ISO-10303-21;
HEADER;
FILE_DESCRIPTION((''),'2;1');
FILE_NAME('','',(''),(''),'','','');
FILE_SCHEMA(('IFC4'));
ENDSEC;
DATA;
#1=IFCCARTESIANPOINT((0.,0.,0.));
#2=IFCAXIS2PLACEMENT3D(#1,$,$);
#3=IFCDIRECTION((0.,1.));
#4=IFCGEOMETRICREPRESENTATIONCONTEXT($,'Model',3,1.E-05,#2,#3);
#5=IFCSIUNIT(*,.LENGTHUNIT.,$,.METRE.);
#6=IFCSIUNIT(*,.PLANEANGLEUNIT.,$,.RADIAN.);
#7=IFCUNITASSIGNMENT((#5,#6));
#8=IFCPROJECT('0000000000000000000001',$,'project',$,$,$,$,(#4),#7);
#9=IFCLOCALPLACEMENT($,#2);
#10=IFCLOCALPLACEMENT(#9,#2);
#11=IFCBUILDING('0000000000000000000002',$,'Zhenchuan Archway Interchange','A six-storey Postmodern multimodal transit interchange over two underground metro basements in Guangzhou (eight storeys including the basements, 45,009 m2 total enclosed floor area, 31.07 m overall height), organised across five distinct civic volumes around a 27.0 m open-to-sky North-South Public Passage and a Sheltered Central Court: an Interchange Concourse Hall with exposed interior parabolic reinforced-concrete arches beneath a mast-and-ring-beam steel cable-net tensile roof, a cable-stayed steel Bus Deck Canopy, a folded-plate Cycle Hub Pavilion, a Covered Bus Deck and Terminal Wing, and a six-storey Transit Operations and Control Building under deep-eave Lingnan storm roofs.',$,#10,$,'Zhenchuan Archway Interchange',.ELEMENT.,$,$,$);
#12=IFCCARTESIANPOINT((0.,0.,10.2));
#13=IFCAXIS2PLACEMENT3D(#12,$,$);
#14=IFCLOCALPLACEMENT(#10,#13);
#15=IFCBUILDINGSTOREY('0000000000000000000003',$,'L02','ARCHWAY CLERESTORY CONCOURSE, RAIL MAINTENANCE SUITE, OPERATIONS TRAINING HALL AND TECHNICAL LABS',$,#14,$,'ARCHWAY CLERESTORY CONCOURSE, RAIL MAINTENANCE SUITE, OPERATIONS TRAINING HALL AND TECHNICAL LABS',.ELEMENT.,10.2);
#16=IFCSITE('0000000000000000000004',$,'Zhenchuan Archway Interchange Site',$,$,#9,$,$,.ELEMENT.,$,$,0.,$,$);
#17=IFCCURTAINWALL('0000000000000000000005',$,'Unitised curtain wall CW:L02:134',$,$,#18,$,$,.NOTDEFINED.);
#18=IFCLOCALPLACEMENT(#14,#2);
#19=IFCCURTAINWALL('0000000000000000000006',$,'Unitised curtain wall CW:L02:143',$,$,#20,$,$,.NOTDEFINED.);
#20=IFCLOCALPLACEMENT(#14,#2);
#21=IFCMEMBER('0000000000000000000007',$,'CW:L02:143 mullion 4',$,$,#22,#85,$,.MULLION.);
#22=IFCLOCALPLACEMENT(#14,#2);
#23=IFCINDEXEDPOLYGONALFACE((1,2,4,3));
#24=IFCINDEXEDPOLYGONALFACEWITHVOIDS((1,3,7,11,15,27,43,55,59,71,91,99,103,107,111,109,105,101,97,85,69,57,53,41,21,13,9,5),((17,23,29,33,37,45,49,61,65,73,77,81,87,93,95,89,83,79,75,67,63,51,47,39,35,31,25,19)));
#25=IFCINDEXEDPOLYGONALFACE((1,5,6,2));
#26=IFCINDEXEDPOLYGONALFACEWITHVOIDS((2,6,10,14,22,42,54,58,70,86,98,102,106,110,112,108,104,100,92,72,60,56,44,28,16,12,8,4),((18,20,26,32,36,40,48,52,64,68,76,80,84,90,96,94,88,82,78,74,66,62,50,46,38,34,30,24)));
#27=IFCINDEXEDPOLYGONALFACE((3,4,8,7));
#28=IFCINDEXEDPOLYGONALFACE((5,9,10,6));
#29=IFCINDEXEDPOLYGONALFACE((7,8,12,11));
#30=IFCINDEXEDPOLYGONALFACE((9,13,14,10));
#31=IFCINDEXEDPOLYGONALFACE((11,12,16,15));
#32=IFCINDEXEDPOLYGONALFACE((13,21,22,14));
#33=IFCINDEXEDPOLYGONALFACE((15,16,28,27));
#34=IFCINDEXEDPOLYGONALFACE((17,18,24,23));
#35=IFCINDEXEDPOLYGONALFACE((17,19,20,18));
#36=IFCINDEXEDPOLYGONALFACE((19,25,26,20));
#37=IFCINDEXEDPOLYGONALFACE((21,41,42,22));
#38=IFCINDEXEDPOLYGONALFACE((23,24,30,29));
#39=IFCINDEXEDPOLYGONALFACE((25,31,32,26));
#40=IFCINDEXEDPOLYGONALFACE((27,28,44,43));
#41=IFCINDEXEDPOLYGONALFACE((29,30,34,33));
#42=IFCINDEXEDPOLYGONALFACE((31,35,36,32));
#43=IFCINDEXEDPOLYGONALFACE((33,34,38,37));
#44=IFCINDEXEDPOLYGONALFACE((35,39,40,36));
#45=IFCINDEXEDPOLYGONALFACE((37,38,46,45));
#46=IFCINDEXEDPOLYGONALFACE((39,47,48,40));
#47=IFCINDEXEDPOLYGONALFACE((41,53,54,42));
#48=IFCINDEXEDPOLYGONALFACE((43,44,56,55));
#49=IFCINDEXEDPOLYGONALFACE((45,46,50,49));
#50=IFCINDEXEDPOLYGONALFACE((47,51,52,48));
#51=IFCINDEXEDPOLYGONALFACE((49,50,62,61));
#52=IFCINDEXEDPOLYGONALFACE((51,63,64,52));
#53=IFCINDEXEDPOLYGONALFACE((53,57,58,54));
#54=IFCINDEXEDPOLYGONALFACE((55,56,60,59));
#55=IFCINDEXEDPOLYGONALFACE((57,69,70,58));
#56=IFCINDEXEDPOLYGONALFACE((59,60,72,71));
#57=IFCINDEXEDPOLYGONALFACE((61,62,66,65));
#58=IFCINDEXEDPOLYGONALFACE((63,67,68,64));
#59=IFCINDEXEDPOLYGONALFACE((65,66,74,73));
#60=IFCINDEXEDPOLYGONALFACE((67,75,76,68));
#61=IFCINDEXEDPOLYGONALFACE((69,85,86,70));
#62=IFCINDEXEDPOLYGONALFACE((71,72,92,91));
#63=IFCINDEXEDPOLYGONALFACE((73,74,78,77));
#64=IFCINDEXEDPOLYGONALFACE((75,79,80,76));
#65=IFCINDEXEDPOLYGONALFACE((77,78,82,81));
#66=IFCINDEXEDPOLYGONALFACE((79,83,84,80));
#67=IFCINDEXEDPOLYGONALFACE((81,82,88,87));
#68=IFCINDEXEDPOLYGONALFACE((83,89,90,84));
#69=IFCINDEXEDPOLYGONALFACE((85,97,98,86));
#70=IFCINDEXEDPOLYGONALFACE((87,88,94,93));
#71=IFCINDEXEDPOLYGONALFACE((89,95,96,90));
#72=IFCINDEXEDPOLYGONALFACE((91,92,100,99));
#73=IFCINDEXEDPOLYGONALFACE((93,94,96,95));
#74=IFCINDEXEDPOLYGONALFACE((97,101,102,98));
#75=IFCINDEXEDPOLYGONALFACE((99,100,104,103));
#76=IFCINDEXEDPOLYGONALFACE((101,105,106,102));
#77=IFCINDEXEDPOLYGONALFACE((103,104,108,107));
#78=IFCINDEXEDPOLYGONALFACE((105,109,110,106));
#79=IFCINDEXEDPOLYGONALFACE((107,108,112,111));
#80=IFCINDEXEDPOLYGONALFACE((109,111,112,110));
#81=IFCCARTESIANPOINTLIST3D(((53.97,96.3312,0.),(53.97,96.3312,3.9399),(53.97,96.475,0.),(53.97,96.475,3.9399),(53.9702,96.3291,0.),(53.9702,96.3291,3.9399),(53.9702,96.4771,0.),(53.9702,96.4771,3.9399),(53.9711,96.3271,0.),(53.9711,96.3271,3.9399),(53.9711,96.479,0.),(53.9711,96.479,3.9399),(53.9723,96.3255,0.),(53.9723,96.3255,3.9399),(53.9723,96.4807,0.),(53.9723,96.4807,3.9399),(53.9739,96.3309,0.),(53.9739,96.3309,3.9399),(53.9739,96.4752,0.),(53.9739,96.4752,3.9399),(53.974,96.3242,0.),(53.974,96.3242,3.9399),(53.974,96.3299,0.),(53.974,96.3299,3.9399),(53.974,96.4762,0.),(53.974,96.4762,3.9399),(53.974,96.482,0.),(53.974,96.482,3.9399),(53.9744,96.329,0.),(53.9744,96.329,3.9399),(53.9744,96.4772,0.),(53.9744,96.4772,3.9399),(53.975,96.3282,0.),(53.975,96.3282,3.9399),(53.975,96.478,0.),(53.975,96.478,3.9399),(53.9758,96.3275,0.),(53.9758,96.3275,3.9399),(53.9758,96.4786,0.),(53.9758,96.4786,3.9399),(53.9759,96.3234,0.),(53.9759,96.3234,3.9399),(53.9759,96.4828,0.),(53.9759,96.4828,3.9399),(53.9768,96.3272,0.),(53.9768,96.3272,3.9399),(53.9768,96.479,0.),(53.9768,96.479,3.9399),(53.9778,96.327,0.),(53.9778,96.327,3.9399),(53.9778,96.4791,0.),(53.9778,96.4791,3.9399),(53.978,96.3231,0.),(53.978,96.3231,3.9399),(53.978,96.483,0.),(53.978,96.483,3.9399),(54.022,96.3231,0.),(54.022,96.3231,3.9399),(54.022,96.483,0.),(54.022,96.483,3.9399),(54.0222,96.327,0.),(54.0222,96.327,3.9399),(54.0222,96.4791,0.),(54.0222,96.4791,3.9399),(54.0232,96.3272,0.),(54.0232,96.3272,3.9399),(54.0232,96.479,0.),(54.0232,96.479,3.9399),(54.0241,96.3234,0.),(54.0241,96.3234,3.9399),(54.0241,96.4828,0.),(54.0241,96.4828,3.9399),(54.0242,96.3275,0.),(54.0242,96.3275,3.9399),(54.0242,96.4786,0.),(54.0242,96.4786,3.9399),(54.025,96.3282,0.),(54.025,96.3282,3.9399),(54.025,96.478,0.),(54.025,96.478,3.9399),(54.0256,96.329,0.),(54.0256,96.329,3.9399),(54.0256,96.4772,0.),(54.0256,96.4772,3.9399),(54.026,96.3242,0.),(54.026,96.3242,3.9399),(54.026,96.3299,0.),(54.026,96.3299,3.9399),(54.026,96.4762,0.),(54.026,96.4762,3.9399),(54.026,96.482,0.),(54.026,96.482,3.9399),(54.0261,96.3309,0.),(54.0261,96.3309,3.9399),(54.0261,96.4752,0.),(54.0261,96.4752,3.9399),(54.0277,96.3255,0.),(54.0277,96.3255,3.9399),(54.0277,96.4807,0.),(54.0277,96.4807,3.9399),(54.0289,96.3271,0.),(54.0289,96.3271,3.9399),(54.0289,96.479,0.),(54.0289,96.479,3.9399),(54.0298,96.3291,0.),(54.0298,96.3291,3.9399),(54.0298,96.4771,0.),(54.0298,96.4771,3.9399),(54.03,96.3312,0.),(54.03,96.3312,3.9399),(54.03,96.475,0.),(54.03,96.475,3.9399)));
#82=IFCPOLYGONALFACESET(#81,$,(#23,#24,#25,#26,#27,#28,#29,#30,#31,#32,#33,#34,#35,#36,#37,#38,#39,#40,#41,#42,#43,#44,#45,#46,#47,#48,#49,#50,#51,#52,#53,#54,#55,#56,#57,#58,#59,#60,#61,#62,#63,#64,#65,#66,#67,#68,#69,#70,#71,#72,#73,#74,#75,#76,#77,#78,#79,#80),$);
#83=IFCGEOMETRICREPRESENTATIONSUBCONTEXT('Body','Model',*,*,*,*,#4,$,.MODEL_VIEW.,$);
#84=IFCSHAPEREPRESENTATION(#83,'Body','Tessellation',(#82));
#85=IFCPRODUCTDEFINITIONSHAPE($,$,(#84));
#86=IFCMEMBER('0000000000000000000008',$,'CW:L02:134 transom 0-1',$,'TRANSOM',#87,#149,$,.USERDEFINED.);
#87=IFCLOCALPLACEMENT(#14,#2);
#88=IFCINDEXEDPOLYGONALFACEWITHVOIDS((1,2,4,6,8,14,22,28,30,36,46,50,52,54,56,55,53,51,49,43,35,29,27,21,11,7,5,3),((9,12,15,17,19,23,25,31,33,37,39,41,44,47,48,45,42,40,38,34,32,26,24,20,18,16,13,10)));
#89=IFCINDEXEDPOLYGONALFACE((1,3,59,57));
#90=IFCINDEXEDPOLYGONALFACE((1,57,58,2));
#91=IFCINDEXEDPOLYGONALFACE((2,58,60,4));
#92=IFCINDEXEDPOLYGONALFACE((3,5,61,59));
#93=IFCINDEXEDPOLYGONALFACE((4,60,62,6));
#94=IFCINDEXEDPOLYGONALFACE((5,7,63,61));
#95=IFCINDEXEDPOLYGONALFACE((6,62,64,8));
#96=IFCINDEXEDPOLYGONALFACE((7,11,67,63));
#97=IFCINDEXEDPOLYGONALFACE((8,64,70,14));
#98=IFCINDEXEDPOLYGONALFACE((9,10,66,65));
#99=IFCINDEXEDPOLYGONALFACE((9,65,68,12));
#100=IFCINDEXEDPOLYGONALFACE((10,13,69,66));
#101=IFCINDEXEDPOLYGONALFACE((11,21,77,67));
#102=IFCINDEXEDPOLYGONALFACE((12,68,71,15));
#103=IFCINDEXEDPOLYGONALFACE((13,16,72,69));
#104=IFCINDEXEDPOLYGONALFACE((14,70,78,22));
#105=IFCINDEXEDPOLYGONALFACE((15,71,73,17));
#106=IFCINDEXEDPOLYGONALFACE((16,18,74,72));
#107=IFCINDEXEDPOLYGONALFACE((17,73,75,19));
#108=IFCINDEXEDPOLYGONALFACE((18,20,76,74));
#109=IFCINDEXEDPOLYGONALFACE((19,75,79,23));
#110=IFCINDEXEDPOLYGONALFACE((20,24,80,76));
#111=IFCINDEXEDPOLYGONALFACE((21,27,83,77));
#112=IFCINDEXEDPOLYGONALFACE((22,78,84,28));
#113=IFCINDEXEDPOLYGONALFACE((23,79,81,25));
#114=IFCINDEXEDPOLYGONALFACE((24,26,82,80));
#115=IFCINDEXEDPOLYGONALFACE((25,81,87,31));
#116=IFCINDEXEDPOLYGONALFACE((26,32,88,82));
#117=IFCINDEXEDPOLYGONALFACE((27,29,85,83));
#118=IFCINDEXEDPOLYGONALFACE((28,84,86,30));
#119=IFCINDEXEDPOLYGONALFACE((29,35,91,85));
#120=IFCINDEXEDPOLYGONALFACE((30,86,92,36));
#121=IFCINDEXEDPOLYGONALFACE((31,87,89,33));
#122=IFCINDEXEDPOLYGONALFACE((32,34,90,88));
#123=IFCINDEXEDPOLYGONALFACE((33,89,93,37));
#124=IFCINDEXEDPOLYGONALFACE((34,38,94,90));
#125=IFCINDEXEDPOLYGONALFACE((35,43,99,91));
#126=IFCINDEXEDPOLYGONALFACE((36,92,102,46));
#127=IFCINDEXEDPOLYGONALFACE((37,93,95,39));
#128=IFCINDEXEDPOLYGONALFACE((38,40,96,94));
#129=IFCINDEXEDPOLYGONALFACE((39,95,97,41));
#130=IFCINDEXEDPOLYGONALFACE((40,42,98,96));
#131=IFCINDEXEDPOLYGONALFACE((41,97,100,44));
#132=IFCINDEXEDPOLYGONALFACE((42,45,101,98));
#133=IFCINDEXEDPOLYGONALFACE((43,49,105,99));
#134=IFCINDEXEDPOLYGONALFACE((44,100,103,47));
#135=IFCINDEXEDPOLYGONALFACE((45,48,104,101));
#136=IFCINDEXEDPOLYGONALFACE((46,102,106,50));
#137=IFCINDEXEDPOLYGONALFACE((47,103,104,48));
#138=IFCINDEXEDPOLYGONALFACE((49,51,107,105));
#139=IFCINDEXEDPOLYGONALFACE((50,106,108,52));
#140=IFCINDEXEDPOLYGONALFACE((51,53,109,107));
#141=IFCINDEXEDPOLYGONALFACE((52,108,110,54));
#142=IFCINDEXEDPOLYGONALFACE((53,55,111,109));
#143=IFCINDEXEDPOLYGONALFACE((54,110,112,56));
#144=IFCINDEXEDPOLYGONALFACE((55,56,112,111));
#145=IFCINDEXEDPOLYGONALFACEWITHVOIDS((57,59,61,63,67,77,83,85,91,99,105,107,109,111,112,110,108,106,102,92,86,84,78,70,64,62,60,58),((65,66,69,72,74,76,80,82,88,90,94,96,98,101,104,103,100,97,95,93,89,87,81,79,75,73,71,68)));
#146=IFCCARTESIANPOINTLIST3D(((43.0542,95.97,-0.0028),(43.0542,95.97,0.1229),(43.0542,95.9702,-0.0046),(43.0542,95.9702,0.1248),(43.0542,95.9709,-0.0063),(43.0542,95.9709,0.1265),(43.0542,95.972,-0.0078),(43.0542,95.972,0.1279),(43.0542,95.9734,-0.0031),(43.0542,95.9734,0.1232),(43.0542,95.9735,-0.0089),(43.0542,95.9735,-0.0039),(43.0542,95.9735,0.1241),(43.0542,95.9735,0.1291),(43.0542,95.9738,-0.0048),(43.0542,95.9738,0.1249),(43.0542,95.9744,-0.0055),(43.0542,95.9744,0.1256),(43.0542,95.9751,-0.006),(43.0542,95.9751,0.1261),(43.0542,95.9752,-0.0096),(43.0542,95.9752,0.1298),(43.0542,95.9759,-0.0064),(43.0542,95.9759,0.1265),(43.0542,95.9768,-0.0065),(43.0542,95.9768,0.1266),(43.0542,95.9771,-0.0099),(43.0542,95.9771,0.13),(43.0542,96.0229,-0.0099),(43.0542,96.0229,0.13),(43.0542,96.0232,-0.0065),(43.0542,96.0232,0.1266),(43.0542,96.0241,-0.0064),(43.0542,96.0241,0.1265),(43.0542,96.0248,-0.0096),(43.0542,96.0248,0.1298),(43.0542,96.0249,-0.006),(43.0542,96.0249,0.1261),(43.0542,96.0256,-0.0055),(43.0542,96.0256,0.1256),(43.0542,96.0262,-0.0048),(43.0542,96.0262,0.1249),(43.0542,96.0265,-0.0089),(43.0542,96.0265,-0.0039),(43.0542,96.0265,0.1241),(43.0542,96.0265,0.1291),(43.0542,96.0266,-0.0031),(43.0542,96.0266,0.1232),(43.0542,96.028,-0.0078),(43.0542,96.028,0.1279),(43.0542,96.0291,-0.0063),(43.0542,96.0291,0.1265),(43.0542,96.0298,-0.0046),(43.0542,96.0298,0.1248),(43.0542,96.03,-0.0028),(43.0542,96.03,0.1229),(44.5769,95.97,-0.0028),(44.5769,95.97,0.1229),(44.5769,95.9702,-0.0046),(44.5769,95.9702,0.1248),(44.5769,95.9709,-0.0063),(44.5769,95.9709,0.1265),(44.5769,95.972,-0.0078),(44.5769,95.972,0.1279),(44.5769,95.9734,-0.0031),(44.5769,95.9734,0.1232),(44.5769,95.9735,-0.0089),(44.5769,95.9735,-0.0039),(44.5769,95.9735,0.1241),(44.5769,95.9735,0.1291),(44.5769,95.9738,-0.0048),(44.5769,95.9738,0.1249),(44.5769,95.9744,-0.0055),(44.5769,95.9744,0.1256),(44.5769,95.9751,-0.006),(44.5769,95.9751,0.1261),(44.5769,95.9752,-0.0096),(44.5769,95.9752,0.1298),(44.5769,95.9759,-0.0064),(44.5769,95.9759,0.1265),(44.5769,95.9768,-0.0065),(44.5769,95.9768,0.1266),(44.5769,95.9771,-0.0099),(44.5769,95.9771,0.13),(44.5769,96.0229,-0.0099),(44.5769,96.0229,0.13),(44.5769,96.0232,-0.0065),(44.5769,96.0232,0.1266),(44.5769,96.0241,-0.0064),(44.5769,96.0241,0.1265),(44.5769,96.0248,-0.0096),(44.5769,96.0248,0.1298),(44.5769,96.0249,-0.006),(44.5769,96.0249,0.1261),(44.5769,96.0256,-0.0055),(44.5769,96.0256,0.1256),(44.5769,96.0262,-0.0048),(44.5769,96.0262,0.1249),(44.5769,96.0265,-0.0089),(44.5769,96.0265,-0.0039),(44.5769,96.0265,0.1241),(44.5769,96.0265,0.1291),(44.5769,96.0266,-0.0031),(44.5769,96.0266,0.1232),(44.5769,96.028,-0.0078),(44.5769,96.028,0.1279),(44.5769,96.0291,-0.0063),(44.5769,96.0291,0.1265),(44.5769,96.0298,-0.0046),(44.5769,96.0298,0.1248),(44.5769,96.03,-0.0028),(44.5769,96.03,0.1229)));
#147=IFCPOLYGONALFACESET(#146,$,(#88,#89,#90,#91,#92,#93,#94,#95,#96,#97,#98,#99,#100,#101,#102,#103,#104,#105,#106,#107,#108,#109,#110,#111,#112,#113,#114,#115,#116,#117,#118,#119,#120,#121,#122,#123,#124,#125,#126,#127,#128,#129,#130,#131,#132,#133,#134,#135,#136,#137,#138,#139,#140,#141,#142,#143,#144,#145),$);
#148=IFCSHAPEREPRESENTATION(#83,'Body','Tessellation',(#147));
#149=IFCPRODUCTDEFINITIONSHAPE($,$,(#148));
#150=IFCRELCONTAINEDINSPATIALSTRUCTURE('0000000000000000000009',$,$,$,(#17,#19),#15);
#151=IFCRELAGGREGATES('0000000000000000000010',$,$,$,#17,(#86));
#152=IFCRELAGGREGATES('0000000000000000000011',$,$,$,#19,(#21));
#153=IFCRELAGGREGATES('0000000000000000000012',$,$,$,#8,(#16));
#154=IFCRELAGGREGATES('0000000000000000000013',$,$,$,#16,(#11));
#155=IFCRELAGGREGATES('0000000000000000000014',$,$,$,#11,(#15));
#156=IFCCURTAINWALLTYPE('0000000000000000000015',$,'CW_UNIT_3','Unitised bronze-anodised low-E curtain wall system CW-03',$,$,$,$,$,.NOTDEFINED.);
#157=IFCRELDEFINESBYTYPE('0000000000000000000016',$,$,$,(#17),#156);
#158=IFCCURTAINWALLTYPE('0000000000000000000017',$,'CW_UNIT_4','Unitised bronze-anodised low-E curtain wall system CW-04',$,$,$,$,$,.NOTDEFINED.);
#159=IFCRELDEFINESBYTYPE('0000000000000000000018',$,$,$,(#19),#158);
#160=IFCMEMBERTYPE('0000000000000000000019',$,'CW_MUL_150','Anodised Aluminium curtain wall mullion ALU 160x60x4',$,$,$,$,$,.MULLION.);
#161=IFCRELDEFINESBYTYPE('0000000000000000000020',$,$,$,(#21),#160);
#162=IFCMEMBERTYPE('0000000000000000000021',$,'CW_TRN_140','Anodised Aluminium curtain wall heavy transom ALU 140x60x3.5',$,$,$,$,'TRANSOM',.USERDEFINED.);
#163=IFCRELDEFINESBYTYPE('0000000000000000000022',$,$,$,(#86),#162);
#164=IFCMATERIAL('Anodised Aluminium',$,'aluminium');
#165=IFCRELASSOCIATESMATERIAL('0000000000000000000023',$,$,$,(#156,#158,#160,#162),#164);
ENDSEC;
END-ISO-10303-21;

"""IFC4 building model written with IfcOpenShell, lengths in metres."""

from ifc_helpers import new_model, si_unit, direction, frame, origin, origin_2d, place, context, subcontext, project, spatial, hollow_rectangle, extrude, material, material_profile, profile_set, type_object, element, aggregate, save


model = new_model("IFC4")

# Units and contexts
model_context = context("Model", 3, precision=1e-05, world=origin(), true_north=direction((0.0, 1.0)))
body_context = subcontext(model_context, "Body", "Model", "MODEL_VIEW")
ifc_project = project(units=[si_unit("LENGTHUNIT", "METRE"), si_unit("PLANEANGLEUNIT", "RADIAN")], contexts=[model_context])

# Site, building, storey
site_placement = place(None, origin())
site = spatial("IfcSite", under=ifc_project, at=site_placement, Name="Zhenchuan Archway Interchange Site", CompositionType="ELEMENT", RefElevation=0.0)
building_placement = place(site_placement, origin())
building = spatial("IfcBuilding", under=site, at=building_placement, Name="Zhenchuan Archway Interchange", Description="A six-storey Postmodern multimodal transit interchange over two underground metro basements in Guangzhou (eight storeys including the basements, 45,009 m2 total enclosed floor area, 31.07 m overall height), organised across five distinct civic volumes around a 27.0 m open-to-sky North-South Public Passage and a Sheltered Central Court: an Interchange Concourse Hall with exposed interior parabolic reinforced-concrete arches beneath a mast-and-ring-beam steel cable-net tensile roof, a cable-stayed steel Bus Deck Canopy, a folded-plate Cycle Hub Pavilion, a Covered Bus Deck and Terminal Wing, and a six-storey Transit Operations and Control Building under deep-eave Lingnan storm roofs.", LongName="Zhenchuan Archway Interchange", CompositionType="ELEMENT")
storey_placement = place(building_placement, frame((0.0, 0.0, 10.2)))
storey = spatial("IfcBuildingStorey", under=building, at=storey_placement, Name="L02", Description="ARCHWAY CLERESTORY CONCOURSE, RAIL MAINTENANCE SUITE, OPERATIONS TRAINING HALL AND TECHNICAL LABS", LongName="ARCHWAY CLERESTORY CONCOURSE, RAIL MAINTENANCE SUITE, OPERATIONS TRAINING HALL AND TECHNICAL LABS", CompositionType="ELEMENT", Elevation=10.2)

# Curtain wall
ifc_material_1 = material(Name="Anodised Aluminium", Category="aluminium")
curtain_wall_type_1 = type_object("IfcCurtainWallType", Name="CW_UNIT_3", Description="Unitised bronze-anodised low-E curtain wall system CW-03", PredefinedType="NOTDEFINED", material=ifc_material_1)
curtain_wall_1_placement = place(storey_placement, origin())
curtain_wall_1 = element("IfcCurtainWall", 1, at=curtain_wall_1_placement, inside=storey, type_object=curtain_wall_type_1, Name="Unitised curtain wall CW:L02:134", PredefinedType="NOTDEFINED")
ifc_material_profile_1 = material_profile(ifc_material_1, hollow_rectangle(XDim=0.0601, YDim=0.1599, WallThickness=0.0039, InnerFilletRadius=0.0039, OuterFilletRadius=0.0081, at=origin_2d()), Name="ALU 160x60x4")
ifc_profile_set_1 = profile_set([ifc_material_profile_1], Name="Anodised Aluminium")
member_type_1 = type_object("IfcMemberType", Name="CW_MUL_150", Description="Anodised Aluminium curtain wall mullion ALU 160x60x4", PredefinedType="MULLION", material=ifc_profile_set_1)

# Curtain wall, member
curtain_wall_type_2 = type_object("IfcCurtainWallType", Name="CW_UNIT_4", Description="Unitised bronze-anodised low-E curtain wall system CW-04", PredefinedType="NOTDEFINED", material=ifc_material_1)
curtain_wall_2_placement = place(storey_placement, origin())
curtain_wall_2 = element("IfcCurtainWall", 2, at=curtain_wall_2_placement, inside=storey, type_object=curtain_wall_type_2, Name="Unitised curtain wall CW:L02:143", PredefinedType="NOTDEFINED")
member_1_placement = place(storey_placement, frame((54.0, 96.4031, 0.0), z_axis=(0.0, 0.0, 1.0), x_axis=(1.0, 0.0, 0.0)))
member_1 = element("IfcMember", 3, at=member_1_placement, type_object=member_type_1, Name="CW:L02:143 mullion 4", PredefinedType="MULLION", context=body_context, shape_type="SweptSolid", body=[
    extrude(hollow_rectangle(XDim=0.0601, YDim=0.1599, WallThickness=0.0039, InnerFilletRadius=0.0039, OuterFilletRadius=0.0081, at=origin_2d()), origin(), (0.0, 0.0, 1.0), 3.9399),
])

# Member
ifc_material_profile_2 = material_profile(ifc_material_1, hollow_rectangle(XDim=0.0601, YDim=0.1399, WallThickness=0.0034, InnerFilletRadius=0.0034, OuterFilletRadius=0.0071, at=origin_2d()), Name="ALU 140x60x3.5")
ifc_profile_set_2 = profile_set([ifc_material_profile_2], Name="Anodised Aluminium")
member_type_2 = type_object("IfcMemberType", Name="CW_TRN_140", Description="Anodised Aluminium curtain wall heavy transom ALU 140x60x3.5", ElementType="TRANSOM", PredefinedType="USERDEFINED", material=ifc_profile_set_2)
member_2_placement = place(storey_placement, frame((44.5769, 96.0, 0.0601), z_axis=(-1.0, 0.0, 0.0), x_axis=(0.0, -1.0, 0.0)))
member_2 = element("IfcMember", 4, at=member_2_placement, type_object=member_type_2, Name="CW:L02:134 transom 0-1", ObjectType="TRANSOM", PredefinedType="USERDEFINED", context=body_context, shape_type="SweptSolid", body=[
    extrude(hollow_rectangle(XDim=0.0601, YDim=0.1399, WallThickness=0.0034, InnerFilletRadius=0.0034, OuterFilletRadius=0.0071, at=origin_2d()), origin(), (0.0, 0.0, 1.0), 1.5227),
])

aggregate(curtain_wall_1, [member_2])
aggregate(curtain_wall_2, [member_1])

save(model, "model.ifc")
